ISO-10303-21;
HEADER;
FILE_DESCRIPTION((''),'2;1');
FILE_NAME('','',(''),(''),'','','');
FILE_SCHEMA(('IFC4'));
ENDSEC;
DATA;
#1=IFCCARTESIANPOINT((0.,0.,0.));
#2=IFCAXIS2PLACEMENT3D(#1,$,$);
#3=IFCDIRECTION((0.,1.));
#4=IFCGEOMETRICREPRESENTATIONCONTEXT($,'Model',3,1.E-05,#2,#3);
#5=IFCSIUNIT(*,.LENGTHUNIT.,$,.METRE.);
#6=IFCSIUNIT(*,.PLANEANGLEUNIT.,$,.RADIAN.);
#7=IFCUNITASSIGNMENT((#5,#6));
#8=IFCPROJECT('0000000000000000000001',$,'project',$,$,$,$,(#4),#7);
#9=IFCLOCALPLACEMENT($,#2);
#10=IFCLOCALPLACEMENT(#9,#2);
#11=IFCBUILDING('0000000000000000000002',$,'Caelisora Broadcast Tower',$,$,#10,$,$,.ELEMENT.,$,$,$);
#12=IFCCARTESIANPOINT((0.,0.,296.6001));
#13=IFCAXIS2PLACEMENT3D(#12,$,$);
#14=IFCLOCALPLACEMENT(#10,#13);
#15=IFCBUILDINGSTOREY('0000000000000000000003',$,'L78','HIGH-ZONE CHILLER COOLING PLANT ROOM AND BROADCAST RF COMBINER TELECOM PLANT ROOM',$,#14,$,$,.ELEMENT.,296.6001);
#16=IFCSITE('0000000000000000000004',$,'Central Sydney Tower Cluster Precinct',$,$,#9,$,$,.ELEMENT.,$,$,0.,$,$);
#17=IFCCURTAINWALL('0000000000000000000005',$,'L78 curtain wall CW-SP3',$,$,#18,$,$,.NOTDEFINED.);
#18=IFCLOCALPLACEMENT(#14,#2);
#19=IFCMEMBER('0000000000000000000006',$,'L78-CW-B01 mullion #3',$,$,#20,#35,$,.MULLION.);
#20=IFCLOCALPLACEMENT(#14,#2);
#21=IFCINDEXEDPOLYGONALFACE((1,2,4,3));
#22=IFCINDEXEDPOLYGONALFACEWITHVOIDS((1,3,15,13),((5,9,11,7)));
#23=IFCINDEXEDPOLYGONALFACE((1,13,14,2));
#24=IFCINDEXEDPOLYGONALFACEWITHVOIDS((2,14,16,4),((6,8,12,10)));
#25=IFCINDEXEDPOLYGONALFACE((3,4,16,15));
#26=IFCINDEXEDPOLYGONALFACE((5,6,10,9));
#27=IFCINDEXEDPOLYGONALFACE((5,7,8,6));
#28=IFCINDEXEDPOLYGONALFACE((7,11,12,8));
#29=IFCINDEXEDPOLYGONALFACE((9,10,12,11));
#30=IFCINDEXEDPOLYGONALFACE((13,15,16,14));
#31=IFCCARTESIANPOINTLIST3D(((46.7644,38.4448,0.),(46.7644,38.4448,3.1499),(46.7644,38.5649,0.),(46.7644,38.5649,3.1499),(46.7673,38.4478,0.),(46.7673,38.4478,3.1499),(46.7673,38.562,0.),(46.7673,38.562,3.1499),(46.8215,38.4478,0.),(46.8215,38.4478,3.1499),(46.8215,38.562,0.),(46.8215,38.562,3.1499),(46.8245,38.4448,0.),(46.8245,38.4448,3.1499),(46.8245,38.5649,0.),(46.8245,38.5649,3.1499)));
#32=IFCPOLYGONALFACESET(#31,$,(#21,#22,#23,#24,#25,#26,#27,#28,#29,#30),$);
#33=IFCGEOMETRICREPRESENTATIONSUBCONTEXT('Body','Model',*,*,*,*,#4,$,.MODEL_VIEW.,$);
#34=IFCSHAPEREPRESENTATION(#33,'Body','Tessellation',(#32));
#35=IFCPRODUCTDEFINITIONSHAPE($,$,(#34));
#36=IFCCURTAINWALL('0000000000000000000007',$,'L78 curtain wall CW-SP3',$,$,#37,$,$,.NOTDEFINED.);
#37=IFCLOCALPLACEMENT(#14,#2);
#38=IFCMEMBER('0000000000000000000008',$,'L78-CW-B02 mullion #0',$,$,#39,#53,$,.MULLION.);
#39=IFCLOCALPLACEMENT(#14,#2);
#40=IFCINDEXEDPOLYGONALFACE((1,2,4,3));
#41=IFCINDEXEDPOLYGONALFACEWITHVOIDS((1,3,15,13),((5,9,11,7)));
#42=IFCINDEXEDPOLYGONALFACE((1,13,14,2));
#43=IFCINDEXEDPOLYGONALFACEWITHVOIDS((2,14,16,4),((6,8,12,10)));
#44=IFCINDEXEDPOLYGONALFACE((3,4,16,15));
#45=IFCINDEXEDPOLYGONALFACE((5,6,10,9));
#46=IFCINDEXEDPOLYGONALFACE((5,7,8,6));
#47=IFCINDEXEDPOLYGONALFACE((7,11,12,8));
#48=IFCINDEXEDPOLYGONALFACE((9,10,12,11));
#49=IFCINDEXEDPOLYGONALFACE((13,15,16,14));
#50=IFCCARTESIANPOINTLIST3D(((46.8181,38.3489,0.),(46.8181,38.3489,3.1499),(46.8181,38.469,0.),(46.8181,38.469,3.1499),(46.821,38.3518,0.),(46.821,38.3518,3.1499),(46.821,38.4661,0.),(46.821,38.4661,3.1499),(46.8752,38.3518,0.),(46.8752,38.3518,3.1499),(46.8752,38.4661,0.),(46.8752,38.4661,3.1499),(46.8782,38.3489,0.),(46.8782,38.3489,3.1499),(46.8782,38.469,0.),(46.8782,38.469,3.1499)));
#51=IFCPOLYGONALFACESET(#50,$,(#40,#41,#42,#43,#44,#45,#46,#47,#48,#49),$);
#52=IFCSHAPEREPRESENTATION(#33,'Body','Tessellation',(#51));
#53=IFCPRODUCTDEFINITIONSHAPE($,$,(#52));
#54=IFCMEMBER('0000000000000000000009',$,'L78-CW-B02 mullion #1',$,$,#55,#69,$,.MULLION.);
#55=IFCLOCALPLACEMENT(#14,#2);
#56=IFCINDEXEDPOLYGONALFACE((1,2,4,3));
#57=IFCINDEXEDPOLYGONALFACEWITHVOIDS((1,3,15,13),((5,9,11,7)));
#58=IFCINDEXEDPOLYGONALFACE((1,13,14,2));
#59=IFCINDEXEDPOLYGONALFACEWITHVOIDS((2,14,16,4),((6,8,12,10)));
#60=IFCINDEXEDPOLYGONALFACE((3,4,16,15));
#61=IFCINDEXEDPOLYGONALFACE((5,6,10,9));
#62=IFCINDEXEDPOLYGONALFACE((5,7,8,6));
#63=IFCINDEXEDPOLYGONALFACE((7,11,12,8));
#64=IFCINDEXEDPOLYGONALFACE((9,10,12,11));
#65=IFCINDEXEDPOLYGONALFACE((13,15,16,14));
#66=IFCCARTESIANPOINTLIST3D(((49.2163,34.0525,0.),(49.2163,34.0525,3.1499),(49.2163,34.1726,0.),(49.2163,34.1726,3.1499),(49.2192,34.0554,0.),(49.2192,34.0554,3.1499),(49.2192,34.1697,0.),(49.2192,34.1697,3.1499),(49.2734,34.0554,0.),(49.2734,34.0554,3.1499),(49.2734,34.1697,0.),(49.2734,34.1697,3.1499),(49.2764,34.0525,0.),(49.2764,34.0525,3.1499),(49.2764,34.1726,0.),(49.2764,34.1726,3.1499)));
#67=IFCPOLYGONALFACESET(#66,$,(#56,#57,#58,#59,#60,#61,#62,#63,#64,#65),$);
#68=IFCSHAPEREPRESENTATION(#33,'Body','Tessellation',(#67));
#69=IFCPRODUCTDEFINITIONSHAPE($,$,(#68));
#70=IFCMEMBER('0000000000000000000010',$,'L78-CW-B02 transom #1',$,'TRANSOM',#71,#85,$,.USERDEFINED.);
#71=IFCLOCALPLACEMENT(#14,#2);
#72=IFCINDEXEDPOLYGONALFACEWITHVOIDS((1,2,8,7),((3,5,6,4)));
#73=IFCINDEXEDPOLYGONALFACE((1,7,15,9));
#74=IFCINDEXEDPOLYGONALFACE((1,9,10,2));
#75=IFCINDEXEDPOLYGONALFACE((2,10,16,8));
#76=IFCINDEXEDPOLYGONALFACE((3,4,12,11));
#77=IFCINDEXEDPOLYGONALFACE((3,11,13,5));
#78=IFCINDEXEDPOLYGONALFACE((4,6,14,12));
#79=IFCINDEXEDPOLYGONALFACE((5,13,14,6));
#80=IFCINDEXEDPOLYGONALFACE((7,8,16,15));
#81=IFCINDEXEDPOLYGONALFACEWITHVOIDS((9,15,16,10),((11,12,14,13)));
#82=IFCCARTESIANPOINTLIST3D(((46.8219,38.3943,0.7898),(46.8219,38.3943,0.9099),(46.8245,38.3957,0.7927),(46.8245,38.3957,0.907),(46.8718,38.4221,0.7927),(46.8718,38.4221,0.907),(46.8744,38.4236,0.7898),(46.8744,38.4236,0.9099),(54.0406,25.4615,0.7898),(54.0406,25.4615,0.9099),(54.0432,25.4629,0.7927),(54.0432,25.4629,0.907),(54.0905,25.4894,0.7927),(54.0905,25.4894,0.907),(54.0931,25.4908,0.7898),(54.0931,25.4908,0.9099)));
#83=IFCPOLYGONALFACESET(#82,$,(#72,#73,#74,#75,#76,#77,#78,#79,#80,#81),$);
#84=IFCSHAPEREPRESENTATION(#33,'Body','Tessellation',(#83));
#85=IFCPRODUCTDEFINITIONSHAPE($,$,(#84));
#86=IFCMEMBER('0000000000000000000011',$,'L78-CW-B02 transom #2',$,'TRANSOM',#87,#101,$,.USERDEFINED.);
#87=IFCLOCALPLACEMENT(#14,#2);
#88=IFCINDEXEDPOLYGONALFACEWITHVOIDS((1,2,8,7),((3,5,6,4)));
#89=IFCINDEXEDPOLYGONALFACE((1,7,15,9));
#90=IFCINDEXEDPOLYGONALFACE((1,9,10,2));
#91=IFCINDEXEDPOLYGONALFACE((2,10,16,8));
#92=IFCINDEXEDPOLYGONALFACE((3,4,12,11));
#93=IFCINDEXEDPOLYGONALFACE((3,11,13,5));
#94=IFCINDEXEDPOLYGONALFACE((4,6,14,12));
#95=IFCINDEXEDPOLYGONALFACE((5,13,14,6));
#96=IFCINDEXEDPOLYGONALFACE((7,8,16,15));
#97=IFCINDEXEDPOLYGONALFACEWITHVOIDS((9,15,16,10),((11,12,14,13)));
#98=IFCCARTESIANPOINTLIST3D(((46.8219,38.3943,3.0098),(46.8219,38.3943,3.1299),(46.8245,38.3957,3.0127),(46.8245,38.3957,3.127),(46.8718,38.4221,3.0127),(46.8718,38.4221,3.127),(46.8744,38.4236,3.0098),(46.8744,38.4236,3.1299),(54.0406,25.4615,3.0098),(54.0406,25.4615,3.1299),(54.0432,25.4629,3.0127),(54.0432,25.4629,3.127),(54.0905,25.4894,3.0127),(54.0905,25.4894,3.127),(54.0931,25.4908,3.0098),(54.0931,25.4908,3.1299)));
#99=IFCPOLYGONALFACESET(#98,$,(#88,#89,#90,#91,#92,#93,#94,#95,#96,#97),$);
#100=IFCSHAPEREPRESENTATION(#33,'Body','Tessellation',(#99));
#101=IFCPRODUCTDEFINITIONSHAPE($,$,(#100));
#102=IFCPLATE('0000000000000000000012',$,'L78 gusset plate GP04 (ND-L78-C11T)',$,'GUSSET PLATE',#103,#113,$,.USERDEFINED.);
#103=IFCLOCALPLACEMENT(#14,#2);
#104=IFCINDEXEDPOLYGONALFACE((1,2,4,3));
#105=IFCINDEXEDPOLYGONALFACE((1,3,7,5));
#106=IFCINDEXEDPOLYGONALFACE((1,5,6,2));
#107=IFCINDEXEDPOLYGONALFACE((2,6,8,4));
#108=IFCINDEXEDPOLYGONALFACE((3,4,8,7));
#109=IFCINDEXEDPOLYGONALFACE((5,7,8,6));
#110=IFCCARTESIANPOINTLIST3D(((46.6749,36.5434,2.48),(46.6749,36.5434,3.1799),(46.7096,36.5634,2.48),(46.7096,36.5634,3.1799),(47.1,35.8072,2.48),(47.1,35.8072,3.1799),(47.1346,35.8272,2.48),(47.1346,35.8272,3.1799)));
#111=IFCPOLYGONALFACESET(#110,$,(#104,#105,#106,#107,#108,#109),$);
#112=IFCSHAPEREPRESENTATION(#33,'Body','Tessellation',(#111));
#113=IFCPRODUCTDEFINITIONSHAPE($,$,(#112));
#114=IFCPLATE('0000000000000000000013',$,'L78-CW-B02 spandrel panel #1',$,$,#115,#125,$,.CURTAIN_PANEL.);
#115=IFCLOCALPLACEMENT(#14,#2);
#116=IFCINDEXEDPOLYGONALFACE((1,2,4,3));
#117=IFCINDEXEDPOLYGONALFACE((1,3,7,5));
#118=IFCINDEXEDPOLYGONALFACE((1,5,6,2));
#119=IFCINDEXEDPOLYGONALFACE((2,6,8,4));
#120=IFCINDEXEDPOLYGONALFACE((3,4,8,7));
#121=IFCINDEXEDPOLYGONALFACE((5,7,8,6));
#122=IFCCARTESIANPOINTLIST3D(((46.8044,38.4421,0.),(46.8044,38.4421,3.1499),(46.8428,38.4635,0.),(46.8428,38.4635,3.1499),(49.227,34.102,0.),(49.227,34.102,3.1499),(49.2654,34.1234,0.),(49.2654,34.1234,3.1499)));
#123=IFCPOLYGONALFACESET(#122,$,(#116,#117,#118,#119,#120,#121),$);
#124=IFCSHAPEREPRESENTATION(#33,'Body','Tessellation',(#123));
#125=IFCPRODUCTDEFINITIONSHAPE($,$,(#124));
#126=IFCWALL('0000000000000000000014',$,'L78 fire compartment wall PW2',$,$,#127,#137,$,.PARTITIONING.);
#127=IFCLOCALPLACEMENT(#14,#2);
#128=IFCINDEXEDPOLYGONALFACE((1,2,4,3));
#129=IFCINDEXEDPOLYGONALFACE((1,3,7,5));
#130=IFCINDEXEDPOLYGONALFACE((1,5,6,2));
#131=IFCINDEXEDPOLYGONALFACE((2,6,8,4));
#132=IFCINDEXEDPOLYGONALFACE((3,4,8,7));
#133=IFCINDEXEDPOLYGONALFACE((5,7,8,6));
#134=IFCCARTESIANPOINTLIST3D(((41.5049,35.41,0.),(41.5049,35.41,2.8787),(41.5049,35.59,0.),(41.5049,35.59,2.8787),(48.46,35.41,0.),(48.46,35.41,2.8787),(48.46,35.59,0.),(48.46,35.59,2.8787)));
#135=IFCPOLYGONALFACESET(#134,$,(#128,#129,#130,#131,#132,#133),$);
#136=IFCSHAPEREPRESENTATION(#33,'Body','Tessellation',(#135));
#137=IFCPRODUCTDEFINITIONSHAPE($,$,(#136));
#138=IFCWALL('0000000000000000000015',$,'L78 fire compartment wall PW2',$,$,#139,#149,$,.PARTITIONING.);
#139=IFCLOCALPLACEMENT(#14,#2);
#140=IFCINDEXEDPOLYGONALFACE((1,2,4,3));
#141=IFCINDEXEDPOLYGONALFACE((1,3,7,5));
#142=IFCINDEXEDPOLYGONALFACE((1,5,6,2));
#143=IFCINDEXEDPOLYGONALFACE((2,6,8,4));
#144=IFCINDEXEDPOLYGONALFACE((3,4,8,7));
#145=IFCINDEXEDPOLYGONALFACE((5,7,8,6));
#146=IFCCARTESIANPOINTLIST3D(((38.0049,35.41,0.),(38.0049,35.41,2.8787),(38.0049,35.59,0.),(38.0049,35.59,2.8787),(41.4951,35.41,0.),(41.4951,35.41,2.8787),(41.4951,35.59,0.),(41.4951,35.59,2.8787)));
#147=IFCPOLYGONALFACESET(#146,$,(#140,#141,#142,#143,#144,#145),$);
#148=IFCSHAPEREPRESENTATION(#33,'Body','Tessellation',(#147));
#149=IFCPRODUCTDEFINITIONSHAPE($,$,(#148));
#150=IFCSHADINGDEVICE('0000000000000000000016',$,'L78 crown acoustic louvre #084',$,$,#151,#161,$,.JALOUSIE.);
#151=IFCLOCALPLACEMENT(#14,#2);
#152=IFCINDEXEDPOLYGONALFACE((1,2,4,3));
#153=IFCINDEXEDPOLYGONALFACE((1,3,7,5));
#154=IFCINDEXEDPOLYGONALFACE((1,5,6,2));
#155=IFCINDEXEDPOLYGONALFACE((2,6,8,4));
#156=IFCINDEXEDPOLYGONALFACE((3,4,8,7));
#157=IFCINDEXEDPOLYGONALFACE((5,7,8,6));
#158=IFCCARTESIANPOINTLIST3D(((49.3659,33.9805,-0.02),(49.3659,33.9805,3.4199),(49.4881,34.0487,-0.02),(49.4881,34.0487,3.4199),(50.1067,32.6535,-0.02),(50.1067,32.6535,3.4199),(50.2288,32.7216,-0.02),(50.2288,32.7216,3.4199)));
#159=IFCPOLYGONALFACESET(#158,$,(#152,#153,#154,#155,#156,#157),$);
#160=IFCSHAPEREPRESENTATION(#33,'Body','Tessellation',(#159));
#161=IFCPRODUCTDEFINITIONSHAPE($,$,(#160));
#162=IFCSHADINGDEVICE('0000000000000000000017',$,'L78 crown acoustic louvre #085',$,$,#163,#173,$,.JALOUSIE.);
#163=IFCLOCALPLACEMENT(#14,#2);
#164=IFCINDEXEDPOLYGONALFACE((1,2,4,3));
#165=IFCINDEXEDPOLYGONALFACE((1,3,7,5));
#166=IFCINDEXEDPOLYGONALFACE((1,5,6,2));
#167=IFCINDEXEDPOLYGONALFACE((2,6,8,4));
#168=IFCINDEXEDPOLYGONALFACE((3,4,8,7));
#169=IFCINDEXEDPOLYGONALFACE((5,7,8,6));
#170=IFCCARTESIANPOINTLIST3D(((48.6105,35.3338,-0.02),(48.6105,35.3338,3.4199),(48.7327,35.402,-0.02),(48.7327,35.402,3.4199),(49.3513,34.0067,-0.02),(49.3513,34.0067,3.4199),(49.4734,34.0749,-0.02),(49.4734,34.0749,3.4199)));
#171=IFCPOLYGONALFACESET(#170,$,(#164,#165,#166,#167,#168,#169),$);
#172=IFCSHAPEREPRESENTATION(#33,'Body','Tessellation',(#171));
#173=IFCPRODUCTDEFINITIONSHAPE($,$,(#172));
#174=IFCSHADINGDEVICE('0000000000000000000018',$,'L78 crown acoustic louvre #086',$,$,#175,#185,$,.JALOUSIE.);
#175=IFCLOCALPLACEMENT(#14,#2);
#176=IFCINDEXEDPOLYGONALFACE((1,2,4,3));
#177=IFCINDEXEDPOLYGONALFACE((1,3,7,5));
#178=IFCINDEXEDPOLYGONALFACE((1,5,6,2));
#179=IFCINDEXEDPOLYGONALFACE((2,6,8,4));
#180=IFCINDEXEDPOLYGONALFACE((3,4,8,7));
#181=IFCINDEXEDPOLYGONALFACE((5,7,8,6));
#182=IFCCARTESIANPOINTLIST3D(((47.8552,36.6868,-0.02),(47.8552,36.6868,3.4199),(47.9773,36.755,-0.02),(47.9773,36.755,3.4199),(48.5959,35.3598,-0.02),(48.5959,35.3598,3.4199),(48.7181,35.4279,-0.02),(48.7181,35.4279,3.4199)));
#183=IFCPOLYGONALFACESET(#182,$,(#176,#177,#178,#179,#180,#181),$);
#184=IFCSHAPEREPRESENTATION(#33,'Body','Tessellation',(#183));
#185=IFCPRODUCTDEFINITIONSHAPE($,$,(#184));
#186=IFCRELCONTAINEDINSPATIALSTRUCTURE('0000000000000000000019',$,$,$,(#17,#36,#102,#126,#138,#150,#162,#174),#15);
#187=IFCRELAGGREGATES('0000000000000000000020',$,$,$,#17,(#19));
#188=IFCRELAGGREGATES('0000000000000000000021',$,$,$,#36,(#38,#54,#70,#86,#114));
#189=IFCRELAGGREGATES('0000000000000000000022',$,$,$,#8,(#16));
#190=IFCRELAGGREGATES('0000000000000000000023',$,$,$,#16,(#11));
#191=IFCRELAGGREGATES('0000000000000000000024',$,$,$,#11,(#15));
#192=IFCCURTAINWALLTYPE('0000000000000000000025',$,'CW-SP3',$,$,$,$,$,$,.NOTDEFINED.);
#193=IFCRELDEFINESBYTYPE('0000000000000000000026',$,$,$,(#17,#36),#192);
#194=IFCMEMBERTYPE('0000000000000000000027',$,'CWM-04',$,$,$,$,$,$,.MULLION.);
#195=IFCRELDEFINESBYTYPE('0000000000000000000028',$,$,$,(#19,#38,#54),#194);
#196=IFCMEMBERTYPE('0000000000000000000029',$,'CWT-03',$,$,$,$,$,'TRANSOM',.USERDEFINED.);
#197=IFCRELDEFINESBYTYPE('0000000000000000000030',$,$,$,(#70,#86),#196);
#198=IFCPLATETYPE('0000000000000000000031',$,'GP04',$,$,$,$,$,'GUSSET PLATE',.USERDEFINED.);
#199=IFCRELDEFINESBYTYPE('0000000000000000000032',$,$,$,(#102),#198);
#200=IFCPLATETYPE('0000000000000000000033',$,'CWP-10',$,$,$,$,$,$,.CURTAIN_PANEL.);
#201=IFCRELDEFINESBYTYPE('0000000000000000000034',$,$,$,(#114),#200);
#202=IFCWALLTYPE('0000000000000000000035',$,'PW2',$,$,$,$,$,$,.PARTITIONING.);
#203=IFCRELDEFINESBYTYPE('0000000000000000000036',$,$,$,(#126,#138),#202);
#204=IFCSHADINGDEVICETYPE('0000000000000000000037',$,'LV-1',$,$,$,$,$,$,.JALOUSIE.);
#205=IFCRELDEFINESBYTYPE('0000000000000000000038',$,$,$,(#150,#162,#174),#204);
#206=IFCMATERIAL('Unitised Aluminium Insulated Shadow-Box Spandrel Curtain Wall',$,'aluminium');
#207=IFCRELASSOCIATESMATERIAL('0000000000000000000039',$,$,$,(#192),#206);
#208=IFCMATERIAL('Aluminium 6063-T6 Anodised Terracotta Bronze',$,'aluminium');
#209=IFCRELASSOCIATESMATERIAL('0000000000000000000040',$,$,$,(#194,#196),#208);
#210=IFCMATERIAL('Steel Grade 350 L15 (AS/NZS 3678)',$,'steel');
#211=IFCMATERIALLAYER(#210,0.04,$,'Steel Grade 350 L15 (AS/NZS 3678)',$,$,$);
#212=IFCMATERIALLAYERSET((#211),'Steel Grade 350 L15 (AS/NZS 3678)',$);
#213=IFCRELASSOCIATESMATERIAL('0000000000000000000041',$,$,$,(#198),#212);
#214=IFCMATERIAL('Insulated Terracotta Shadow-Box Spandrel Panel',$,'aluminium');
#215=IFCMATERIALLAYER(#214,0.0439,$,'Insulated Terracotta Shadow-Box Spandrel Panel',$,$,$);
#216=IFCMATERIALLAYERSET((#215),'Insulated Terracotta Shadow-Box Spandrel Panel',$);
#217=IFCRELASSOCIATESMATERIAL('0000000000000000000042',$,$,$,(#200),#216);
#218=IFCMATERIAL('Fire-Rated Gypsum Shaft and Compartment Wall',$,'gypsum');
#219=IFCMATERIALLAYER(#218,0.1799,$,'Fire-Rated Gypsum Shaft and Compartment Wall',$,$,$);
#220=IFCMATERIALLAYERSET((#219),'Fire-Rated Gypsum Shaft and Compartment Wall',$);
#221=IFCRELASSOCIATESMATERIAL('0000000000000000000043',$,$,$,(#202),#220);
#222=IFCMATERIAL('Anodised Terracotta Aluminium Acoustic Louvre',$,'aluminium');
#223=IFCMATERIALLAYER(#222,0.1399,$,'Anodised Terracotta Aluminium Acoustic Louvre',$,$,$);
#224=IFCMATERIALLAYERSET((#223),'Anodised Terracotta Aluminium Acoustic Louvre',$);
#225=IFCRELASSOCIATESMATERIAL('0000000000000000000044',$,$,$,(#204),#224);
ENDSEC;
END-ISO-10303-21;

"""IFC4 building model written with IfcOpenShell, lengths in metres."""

from ifc_helpers import new_model, si_unit, direction, frame, frame_2d, origin, origin_2d, place, context, subcontext, project, spatial, rectangle, hollow_rectangle, extrude, source, transform, mapped, material, layer, layer_set, material_profile, profile_set, type_object, type_shapes, element, aggregate, save


model = new_model("IFC4")

# Units and contexts
model_context = context("Model", 3, precision=1e-05, world=origin(), true_north=direction((0.0, 1.0)))
body_context = subcontext(model_context, "Body", "Model", "MODEL_VIEW")
ifc_project = project(units=[si_unit("LENGTHUNIT", "METRE"), si_unit("PLANEANGLEUNIT", "RADIAN")], contexts=[model_context])

# Site, building, storey
site_placement = place(None, origin())
site = spatial("IfcSite", under=ifc_project, at=site_placement, Name="Central Sydney Tower Cluster Precinct", CompositionType="ELEMENT", RefElevation=0.0)
building_placement = place(site_placement, origin())
building = spatial("IfcBuilding", under=site, at=building_placement, Name="Caelisora Broadcast Tower", CompositionType="ELEMENT")
storey_placement = place(building_placement, frame((0.0, 0.0, 296.6001)))
storey = spatial("IfcBuildingStorey", under=building, at=storey_placement, Name="L78", Description="HIGH-ZONE CHILLER COOLING PLANT ROOM AND BROADCAST RF COMBINER TELECOM PLANT ROOM", CompositionType="ELEMENT", Elevation=296.6001)

# Curtain wall, member
ifc_material_1 = material(Name="Unitised Aluminium Insulated Shadow-Box Spandrel Curtain Wall", Category="aluminium")
curtain_wall_type = type_object("IfcCurtainWallType", Name="CW-SP3", PredefinedType="NOTDEFINED", material=ifc_material_1)
curtain_wall_1_placement = place(storey_placement, origin())
curtain_wall_1 = element("IfcCurtainWall", 1, at=curtain_wall_1_placement, inside=storey, type_object=curtain_wall_type, Name="L78 curtain wall CW-SP3", PredefinedType="NOTDEFINED")
ifc_material_2 = material(Name="Aluminium 6063-T6 Anodised Terracotta Bronze", Category="aluminium")
ifc_material_profile_1 = material_profile(ifc_material_2, hollow_rectangle(XDim=0.0601, YDim=0.1201, WallThickness=0.0029, at=origin_2d()), Name="Aluminium 6063-T6 Anodised Terracotta Bronze")
ifc_profile_set_1 = profile_set([ifc_material_profile_1], Name="Aluminium 6063-T6 Anodised Terracotta Bronze")
member_type_1 = type_object("IfcMemberType", Name="CWM-04", PredefinedType="MULLION", material=ifc_profile_set_1)
shared_shape_1 = source(origin(), body_context, "Body", "SweptSolid", [
    extrude(hollow_rectangle(XDim=0.0601, YDim=0.1201, WallThickness=0.0029, at=origin_2d()), origin(), (0.0, 0.0, 1.0), 3.1499),
])
type_shapes(member_type_1, [shared_shape_1])
member_1_placement = place(storey_placement, frame((46.7944, 38.5049, 0.0), z_axis=(0.0, 0.0, 1.0), x_axis=(1.0, 0.0, 0.0)))
member_1 = element("IfcMember", 2, at=member_1_placement, type_object=member_type_1, Name="L78-CW-B01 mullion #3", PredefinedType="MULLION", context=body_context, shape_type="MappedRepresentation", body=[
    mapped(shared_shape_1, transform((0.0, 0.0, 0.0), scale=1.0)),
])
aggregate(curtain_wall_1, [member_1])

# Curtain wall, members
curtain_wall_2_placement = place(storey_placement, origin())
curtain_wall_2 = element("IfcCurtainWall", 3, at=curtain_wall_2_placement, inside=storey, type_object=curtain_wall_type, Name="L78 curtain wall CW-SP3", PredefinedType="NOTDEFINED")
member_2_placement = place(storey_placement, frame((46.8481, 38.4089, 0.0), z_axis=(0.0, 0.0, 1.0), x_axis=(1.0, 0.0, 0.0)))
member_2 = element("IfcMember", 4, at=member_2_placement, type_object=member_type_1, Name="L78-CW-B02 mullion #0", PredefinedType="MULLION", context=body_context, shape_type="MappedRepresentation", body=[
    mapped(shared_shape_1, transform((0.0, 0.0, 0.0), scale=1.0)),
])
member_3_placement = place(storey_placement, frame((49.2463, 34.1125, 0.0), z_axis=(0.0, 0.0, 1.0), x_axis=(1.0, 0.0, 0.0)))
member_3 = element("IfcMember", 5, at=member_3_placement, type_object=member_type_1, Name="L78-CW-B02 mullion #1", PredefinedType="MULLION", context=body_context, shape_type="MappedRepresentation", body=[
    mapped(shared_shape_1, transform((0.0, 0.0, 0.0), scale=1.0)),
])
ifc_material_profile_2 = material_profile(ifc_material_2, hollow_rectangle(XDim=0.0601, YDim=0.1201, WallThickness=0.0029, at=origin_2d()), Name="Aluminium 6063-T6 Anodised Terracotta Bronze")
ifc_profile_set_2 = profile_set([ifc_material_profile_2], Name="Aluminium 6063-T6 Anodised Terracotta Bronze")
member_type_2 = type_object("IfcMemberType", Name="CWT-03", ElementType="TRANSOM", PredefinedType="USERDEFINED", material=ifc_profile_set_2)
shared_shape_2 = source(origin(), body_context, "Body", "SweptSolid", [
    extrude(hollow_rectangle(XDim=0.0601, YDim=0.1201, WallThickness=0.0029, at=origin_2d()), origin(), (0.0, 0.0, 1.0), 14.811),
])
type_shapes(member_type_2, [shared_shape_2])
member_4_placement = place(storey_placement, frame((46.8481, 38.4089, 0.8499), z_axis=(0.487387, -0.873186, 0.0), x_axis=(0.873186, 0.487387, 0.0)))
member_4 = element("IfcMember", 6, at=member_4_placement, type_object=member_type_2, Name="L78-CW-B02 transom #1", ObjectType="TRANSOM", PredefinedType="USERDEFINED", context=body_context, shape_type="MappedRepresentation", body=[
    mapped(shared_shape_2, transform((0.0, 0.0, 0.0), scale=1.0)),
])
member_5_placement = place(storey_placement, frame((46.8481, 38.4089, 3.0698), z_axis=(0.487387, -0.873186, 0.0), x_axis=(0.873186, 0.487387, 0.0)))
member_5 = element("IfcMember", 7, at=member_5_placement, type_object=member_type_2, Name="L78-CW-B02 transom #2", ObjectType="TRANSOM", PredefinedType="USERDEFINED", context=body_context, shape_type="MappedRepresentation", body=[
    mapped(shared_shape_2, transform((0.0, 0.0, 0.0), scale=1.0)),
])

# Plates
ifc_material_3 = material(Name="Steel Grade 350 L15 (AS/NZS 3678)", Category="steel")
ifc_layer_1 = layer(ifc_material_3, 0.04, Name="Steel Grade 350 L15 (AS/NZS 3678)")
ifc_layer_set_1 = layer_set([ifc_layer_1], Name="Steel Grade 350 L15 (AS/NZS 3678)")
plate_type_1 = type_object("IfcPlateType", Name="GP04", ElementType="GUSSET PLATE", PredefinedType="USERDEFINED", material=ifc_layer_set_1)
shared_shape_3 = source(origin(), body_context, "Body", "SweptSolid", [
    extrude(rectangle(XDim=0.8501, YDim=0.04, at=origin_2d()), origin(), (0.0, 0.0, 1.0), 0.7),
])
type_shapes(plate_type_1, [shared_shape_3])
plate_1_placement = place(storey_placement, frame((46.9048, 36.1853, 2.48), z_axis=(0.0, 0.0, 1.0), x_axis=(-0.5, 0.866025, 0.0)))
element("IfcPlate", 8, at=plate_1_placement, inside=storey, type_object=plate_type_1, Name="L78 gusset plate GP04 (ND-L78-C11T)", ObjectType="GUSSET PLATE", PredefinedType="USERDEFINED", context=body_context, shape_type="MappedRepresentation", body=[
    mapped(shared_shape_3, transform((0.0, 0.0, 0.0), scale=1.0)),
])
ifc_material_4 = material(Name="Insulated Terracotta Shadow-Box Spandrel Panel", Category="aluminium")
ifc_layer_2 = layer(ifc_material_4, 0.0439, Name="Insulated Terracotta Shadow-Box Spandrel Panel")
ifc_layer_set_2 = layer_set([ifc_layer_2], Name="Insulated Terracotta Shadow-Box Spandrel Panel")
plate_type_2 = type_object("IfcPlateType", Name="CWP-10", PredefinedType="CURTAIN_PANEL", material=ifc_layer_set_2)
shared_shape_4 = source(origin(), body_context, "Body", "SweptSolid", [
    extrude(rectangle(XDim=4.9705, YDim=0.0439, at=origin_2d()), origin(), (0.0, 0.0, 1.0), 3.1499),
])
type_shapes(plate_type_2, [shared_shape_4])
plate_2_placement = place(storey_placement, frame((48.0349, 36.2827, 0.0), z_axis=(0.0, 0.0, 1.0), x_axis=(0.487403, -0.873177, 0.0)))
plate_2 = element("IfcPlate", 9, at=plate_2_placement, type_object=plate_type_2, Name="L78-CW-B02 spandrel panel #1", PredefinedType="CURTAIN_PANEL", context=body_context, shape_type="MappedRepresentation", body=[
    mapped(shared_shape_4, transform((0.0, 0.0, 0.0), scale=1.0)),
])
aggregate(curtain_wall_2, [member_2, member_3, member_4, member_5, plate_2])

# Walls
ifc_material_5 = material(Name="Fire-Rated Gypsum Shaft and Compartment Wall", Category="gypsum")
ifc_layer_3 = layer(ifc_material_5, 0.1799, Name="Fire-Rated Gypsum Shaft and Compartment Wall")
ifc_layer_set_3 = layer_set([ifc_layer_3], Name="Fire-Rated Gypsum Shaft and Compartment Wall")
wall_type = type_object("IfcWallType", Name="PW2", PredefinedType="PARTITIONING", material=ifc_layer_set_3)
wall_1_placement = place(storey_placement, frame((41.5049, 35.5, 0.0), z_axis=(0.0, 0.0, 1.0), x_axis=(1.0, 0.0, 0.0)))
element("IfcWall", 10, at=wall_1_placement, inside=storey, type_object=wall_type, Name="L78 fire compartment wall PW2", PredefinedType="PARTITIONING", context=body_context, shape_type="SweptSolid", body=[
    extrude(rectangle(XDim=6.9551, YDim=0.1799, at=frame_2d((3.4775, 0.0))), origin(), (0.0, 0.0, 1.0), 2.8787),
])
wall_2_placement = place(storey_placement, frame((38.0049, 35.5, 0.0), z_axis=(0.0, 0.0, 1.0), x_axis=(1.0, 0.0, 0.0)))
element("IfcWall", 11, at=wall_2_placement, inside=storey, type_object=wall_type, Name="L78 fire compartment wall PW2", PredefinedType="PARTITIONING", context=body_context, shape_type="SweptSolid", body=[
    extrude(rectangle(XDim=3.4902, YDim=0.1799, at=frame_2d((1.7451, 0.0))), origin(), (0.0, 0.0, 1.0), 2.8787),
])

# Shading devices
ifc_material_6 = material(Name="Anodised Terracotta Aluminium Acoustic Louvre", Category="aluminium")
ifc_layer_4 = layer(ifc_material_6, 0.1399, Name="Anodised Terracotta Aluminium Acoustic Louvre")
ifc_layer_set_4 = layer_set([ifc_layer_4], Name="Anodised Terracotta Aluminium Acoustic Louvre")
shading_device_type = type_object("IfcShadingDeviceType", Name="LV-1", PredefinedType="JALOUSIE", material=ifc_layer_set_4)
shared_shape_5 = source(origin(), body_context, "Body", "SweptSolid", [
    extrude(rectangle(XDim=1.5198, YDim=0.1399, at=origin_2d()), origin(), (0.0, 0.0, 1.0), 3.4399),
])
type_shapes(shading_device_type, [shared_shape_5])
for number, where, z_axis, x_axis, name in (
    (12, (49.7974, 33.3511, -0.02), (0.0, 0.0, 1.0), (-0.487403, 0.873177, 0.0), "L78 crown acoustic louvre #084"),
    (13, (49.042, 34.7043, -0.02), (0.0, 0.0, 1.0), (-0.487403, 0.873177, 0.0), "L78 crown acoustic louvre #085"),
    (14, (48.2866, 36.0574, -0.02), (0.0, 0.0, 1.0), (-0.487403, 0.873177, 0.0), "L78 crown acoustic louvre #086"),
):
    element("IfcShadingDevice", number, at=place(storey_placement, frame(where, z_axis=z_axis, x_axis=x_axis)), inside=storey, type_object=shading_device_type, Name=name, PredefinedType="JALOUSIE", context=body_context, shape_type="MappedRepresentation", body=[
        mapped(shared_shape_5, transform((0.0, 0.0, 0.0), scale=1.0)),
    ])

save(model, "model.ifc")
